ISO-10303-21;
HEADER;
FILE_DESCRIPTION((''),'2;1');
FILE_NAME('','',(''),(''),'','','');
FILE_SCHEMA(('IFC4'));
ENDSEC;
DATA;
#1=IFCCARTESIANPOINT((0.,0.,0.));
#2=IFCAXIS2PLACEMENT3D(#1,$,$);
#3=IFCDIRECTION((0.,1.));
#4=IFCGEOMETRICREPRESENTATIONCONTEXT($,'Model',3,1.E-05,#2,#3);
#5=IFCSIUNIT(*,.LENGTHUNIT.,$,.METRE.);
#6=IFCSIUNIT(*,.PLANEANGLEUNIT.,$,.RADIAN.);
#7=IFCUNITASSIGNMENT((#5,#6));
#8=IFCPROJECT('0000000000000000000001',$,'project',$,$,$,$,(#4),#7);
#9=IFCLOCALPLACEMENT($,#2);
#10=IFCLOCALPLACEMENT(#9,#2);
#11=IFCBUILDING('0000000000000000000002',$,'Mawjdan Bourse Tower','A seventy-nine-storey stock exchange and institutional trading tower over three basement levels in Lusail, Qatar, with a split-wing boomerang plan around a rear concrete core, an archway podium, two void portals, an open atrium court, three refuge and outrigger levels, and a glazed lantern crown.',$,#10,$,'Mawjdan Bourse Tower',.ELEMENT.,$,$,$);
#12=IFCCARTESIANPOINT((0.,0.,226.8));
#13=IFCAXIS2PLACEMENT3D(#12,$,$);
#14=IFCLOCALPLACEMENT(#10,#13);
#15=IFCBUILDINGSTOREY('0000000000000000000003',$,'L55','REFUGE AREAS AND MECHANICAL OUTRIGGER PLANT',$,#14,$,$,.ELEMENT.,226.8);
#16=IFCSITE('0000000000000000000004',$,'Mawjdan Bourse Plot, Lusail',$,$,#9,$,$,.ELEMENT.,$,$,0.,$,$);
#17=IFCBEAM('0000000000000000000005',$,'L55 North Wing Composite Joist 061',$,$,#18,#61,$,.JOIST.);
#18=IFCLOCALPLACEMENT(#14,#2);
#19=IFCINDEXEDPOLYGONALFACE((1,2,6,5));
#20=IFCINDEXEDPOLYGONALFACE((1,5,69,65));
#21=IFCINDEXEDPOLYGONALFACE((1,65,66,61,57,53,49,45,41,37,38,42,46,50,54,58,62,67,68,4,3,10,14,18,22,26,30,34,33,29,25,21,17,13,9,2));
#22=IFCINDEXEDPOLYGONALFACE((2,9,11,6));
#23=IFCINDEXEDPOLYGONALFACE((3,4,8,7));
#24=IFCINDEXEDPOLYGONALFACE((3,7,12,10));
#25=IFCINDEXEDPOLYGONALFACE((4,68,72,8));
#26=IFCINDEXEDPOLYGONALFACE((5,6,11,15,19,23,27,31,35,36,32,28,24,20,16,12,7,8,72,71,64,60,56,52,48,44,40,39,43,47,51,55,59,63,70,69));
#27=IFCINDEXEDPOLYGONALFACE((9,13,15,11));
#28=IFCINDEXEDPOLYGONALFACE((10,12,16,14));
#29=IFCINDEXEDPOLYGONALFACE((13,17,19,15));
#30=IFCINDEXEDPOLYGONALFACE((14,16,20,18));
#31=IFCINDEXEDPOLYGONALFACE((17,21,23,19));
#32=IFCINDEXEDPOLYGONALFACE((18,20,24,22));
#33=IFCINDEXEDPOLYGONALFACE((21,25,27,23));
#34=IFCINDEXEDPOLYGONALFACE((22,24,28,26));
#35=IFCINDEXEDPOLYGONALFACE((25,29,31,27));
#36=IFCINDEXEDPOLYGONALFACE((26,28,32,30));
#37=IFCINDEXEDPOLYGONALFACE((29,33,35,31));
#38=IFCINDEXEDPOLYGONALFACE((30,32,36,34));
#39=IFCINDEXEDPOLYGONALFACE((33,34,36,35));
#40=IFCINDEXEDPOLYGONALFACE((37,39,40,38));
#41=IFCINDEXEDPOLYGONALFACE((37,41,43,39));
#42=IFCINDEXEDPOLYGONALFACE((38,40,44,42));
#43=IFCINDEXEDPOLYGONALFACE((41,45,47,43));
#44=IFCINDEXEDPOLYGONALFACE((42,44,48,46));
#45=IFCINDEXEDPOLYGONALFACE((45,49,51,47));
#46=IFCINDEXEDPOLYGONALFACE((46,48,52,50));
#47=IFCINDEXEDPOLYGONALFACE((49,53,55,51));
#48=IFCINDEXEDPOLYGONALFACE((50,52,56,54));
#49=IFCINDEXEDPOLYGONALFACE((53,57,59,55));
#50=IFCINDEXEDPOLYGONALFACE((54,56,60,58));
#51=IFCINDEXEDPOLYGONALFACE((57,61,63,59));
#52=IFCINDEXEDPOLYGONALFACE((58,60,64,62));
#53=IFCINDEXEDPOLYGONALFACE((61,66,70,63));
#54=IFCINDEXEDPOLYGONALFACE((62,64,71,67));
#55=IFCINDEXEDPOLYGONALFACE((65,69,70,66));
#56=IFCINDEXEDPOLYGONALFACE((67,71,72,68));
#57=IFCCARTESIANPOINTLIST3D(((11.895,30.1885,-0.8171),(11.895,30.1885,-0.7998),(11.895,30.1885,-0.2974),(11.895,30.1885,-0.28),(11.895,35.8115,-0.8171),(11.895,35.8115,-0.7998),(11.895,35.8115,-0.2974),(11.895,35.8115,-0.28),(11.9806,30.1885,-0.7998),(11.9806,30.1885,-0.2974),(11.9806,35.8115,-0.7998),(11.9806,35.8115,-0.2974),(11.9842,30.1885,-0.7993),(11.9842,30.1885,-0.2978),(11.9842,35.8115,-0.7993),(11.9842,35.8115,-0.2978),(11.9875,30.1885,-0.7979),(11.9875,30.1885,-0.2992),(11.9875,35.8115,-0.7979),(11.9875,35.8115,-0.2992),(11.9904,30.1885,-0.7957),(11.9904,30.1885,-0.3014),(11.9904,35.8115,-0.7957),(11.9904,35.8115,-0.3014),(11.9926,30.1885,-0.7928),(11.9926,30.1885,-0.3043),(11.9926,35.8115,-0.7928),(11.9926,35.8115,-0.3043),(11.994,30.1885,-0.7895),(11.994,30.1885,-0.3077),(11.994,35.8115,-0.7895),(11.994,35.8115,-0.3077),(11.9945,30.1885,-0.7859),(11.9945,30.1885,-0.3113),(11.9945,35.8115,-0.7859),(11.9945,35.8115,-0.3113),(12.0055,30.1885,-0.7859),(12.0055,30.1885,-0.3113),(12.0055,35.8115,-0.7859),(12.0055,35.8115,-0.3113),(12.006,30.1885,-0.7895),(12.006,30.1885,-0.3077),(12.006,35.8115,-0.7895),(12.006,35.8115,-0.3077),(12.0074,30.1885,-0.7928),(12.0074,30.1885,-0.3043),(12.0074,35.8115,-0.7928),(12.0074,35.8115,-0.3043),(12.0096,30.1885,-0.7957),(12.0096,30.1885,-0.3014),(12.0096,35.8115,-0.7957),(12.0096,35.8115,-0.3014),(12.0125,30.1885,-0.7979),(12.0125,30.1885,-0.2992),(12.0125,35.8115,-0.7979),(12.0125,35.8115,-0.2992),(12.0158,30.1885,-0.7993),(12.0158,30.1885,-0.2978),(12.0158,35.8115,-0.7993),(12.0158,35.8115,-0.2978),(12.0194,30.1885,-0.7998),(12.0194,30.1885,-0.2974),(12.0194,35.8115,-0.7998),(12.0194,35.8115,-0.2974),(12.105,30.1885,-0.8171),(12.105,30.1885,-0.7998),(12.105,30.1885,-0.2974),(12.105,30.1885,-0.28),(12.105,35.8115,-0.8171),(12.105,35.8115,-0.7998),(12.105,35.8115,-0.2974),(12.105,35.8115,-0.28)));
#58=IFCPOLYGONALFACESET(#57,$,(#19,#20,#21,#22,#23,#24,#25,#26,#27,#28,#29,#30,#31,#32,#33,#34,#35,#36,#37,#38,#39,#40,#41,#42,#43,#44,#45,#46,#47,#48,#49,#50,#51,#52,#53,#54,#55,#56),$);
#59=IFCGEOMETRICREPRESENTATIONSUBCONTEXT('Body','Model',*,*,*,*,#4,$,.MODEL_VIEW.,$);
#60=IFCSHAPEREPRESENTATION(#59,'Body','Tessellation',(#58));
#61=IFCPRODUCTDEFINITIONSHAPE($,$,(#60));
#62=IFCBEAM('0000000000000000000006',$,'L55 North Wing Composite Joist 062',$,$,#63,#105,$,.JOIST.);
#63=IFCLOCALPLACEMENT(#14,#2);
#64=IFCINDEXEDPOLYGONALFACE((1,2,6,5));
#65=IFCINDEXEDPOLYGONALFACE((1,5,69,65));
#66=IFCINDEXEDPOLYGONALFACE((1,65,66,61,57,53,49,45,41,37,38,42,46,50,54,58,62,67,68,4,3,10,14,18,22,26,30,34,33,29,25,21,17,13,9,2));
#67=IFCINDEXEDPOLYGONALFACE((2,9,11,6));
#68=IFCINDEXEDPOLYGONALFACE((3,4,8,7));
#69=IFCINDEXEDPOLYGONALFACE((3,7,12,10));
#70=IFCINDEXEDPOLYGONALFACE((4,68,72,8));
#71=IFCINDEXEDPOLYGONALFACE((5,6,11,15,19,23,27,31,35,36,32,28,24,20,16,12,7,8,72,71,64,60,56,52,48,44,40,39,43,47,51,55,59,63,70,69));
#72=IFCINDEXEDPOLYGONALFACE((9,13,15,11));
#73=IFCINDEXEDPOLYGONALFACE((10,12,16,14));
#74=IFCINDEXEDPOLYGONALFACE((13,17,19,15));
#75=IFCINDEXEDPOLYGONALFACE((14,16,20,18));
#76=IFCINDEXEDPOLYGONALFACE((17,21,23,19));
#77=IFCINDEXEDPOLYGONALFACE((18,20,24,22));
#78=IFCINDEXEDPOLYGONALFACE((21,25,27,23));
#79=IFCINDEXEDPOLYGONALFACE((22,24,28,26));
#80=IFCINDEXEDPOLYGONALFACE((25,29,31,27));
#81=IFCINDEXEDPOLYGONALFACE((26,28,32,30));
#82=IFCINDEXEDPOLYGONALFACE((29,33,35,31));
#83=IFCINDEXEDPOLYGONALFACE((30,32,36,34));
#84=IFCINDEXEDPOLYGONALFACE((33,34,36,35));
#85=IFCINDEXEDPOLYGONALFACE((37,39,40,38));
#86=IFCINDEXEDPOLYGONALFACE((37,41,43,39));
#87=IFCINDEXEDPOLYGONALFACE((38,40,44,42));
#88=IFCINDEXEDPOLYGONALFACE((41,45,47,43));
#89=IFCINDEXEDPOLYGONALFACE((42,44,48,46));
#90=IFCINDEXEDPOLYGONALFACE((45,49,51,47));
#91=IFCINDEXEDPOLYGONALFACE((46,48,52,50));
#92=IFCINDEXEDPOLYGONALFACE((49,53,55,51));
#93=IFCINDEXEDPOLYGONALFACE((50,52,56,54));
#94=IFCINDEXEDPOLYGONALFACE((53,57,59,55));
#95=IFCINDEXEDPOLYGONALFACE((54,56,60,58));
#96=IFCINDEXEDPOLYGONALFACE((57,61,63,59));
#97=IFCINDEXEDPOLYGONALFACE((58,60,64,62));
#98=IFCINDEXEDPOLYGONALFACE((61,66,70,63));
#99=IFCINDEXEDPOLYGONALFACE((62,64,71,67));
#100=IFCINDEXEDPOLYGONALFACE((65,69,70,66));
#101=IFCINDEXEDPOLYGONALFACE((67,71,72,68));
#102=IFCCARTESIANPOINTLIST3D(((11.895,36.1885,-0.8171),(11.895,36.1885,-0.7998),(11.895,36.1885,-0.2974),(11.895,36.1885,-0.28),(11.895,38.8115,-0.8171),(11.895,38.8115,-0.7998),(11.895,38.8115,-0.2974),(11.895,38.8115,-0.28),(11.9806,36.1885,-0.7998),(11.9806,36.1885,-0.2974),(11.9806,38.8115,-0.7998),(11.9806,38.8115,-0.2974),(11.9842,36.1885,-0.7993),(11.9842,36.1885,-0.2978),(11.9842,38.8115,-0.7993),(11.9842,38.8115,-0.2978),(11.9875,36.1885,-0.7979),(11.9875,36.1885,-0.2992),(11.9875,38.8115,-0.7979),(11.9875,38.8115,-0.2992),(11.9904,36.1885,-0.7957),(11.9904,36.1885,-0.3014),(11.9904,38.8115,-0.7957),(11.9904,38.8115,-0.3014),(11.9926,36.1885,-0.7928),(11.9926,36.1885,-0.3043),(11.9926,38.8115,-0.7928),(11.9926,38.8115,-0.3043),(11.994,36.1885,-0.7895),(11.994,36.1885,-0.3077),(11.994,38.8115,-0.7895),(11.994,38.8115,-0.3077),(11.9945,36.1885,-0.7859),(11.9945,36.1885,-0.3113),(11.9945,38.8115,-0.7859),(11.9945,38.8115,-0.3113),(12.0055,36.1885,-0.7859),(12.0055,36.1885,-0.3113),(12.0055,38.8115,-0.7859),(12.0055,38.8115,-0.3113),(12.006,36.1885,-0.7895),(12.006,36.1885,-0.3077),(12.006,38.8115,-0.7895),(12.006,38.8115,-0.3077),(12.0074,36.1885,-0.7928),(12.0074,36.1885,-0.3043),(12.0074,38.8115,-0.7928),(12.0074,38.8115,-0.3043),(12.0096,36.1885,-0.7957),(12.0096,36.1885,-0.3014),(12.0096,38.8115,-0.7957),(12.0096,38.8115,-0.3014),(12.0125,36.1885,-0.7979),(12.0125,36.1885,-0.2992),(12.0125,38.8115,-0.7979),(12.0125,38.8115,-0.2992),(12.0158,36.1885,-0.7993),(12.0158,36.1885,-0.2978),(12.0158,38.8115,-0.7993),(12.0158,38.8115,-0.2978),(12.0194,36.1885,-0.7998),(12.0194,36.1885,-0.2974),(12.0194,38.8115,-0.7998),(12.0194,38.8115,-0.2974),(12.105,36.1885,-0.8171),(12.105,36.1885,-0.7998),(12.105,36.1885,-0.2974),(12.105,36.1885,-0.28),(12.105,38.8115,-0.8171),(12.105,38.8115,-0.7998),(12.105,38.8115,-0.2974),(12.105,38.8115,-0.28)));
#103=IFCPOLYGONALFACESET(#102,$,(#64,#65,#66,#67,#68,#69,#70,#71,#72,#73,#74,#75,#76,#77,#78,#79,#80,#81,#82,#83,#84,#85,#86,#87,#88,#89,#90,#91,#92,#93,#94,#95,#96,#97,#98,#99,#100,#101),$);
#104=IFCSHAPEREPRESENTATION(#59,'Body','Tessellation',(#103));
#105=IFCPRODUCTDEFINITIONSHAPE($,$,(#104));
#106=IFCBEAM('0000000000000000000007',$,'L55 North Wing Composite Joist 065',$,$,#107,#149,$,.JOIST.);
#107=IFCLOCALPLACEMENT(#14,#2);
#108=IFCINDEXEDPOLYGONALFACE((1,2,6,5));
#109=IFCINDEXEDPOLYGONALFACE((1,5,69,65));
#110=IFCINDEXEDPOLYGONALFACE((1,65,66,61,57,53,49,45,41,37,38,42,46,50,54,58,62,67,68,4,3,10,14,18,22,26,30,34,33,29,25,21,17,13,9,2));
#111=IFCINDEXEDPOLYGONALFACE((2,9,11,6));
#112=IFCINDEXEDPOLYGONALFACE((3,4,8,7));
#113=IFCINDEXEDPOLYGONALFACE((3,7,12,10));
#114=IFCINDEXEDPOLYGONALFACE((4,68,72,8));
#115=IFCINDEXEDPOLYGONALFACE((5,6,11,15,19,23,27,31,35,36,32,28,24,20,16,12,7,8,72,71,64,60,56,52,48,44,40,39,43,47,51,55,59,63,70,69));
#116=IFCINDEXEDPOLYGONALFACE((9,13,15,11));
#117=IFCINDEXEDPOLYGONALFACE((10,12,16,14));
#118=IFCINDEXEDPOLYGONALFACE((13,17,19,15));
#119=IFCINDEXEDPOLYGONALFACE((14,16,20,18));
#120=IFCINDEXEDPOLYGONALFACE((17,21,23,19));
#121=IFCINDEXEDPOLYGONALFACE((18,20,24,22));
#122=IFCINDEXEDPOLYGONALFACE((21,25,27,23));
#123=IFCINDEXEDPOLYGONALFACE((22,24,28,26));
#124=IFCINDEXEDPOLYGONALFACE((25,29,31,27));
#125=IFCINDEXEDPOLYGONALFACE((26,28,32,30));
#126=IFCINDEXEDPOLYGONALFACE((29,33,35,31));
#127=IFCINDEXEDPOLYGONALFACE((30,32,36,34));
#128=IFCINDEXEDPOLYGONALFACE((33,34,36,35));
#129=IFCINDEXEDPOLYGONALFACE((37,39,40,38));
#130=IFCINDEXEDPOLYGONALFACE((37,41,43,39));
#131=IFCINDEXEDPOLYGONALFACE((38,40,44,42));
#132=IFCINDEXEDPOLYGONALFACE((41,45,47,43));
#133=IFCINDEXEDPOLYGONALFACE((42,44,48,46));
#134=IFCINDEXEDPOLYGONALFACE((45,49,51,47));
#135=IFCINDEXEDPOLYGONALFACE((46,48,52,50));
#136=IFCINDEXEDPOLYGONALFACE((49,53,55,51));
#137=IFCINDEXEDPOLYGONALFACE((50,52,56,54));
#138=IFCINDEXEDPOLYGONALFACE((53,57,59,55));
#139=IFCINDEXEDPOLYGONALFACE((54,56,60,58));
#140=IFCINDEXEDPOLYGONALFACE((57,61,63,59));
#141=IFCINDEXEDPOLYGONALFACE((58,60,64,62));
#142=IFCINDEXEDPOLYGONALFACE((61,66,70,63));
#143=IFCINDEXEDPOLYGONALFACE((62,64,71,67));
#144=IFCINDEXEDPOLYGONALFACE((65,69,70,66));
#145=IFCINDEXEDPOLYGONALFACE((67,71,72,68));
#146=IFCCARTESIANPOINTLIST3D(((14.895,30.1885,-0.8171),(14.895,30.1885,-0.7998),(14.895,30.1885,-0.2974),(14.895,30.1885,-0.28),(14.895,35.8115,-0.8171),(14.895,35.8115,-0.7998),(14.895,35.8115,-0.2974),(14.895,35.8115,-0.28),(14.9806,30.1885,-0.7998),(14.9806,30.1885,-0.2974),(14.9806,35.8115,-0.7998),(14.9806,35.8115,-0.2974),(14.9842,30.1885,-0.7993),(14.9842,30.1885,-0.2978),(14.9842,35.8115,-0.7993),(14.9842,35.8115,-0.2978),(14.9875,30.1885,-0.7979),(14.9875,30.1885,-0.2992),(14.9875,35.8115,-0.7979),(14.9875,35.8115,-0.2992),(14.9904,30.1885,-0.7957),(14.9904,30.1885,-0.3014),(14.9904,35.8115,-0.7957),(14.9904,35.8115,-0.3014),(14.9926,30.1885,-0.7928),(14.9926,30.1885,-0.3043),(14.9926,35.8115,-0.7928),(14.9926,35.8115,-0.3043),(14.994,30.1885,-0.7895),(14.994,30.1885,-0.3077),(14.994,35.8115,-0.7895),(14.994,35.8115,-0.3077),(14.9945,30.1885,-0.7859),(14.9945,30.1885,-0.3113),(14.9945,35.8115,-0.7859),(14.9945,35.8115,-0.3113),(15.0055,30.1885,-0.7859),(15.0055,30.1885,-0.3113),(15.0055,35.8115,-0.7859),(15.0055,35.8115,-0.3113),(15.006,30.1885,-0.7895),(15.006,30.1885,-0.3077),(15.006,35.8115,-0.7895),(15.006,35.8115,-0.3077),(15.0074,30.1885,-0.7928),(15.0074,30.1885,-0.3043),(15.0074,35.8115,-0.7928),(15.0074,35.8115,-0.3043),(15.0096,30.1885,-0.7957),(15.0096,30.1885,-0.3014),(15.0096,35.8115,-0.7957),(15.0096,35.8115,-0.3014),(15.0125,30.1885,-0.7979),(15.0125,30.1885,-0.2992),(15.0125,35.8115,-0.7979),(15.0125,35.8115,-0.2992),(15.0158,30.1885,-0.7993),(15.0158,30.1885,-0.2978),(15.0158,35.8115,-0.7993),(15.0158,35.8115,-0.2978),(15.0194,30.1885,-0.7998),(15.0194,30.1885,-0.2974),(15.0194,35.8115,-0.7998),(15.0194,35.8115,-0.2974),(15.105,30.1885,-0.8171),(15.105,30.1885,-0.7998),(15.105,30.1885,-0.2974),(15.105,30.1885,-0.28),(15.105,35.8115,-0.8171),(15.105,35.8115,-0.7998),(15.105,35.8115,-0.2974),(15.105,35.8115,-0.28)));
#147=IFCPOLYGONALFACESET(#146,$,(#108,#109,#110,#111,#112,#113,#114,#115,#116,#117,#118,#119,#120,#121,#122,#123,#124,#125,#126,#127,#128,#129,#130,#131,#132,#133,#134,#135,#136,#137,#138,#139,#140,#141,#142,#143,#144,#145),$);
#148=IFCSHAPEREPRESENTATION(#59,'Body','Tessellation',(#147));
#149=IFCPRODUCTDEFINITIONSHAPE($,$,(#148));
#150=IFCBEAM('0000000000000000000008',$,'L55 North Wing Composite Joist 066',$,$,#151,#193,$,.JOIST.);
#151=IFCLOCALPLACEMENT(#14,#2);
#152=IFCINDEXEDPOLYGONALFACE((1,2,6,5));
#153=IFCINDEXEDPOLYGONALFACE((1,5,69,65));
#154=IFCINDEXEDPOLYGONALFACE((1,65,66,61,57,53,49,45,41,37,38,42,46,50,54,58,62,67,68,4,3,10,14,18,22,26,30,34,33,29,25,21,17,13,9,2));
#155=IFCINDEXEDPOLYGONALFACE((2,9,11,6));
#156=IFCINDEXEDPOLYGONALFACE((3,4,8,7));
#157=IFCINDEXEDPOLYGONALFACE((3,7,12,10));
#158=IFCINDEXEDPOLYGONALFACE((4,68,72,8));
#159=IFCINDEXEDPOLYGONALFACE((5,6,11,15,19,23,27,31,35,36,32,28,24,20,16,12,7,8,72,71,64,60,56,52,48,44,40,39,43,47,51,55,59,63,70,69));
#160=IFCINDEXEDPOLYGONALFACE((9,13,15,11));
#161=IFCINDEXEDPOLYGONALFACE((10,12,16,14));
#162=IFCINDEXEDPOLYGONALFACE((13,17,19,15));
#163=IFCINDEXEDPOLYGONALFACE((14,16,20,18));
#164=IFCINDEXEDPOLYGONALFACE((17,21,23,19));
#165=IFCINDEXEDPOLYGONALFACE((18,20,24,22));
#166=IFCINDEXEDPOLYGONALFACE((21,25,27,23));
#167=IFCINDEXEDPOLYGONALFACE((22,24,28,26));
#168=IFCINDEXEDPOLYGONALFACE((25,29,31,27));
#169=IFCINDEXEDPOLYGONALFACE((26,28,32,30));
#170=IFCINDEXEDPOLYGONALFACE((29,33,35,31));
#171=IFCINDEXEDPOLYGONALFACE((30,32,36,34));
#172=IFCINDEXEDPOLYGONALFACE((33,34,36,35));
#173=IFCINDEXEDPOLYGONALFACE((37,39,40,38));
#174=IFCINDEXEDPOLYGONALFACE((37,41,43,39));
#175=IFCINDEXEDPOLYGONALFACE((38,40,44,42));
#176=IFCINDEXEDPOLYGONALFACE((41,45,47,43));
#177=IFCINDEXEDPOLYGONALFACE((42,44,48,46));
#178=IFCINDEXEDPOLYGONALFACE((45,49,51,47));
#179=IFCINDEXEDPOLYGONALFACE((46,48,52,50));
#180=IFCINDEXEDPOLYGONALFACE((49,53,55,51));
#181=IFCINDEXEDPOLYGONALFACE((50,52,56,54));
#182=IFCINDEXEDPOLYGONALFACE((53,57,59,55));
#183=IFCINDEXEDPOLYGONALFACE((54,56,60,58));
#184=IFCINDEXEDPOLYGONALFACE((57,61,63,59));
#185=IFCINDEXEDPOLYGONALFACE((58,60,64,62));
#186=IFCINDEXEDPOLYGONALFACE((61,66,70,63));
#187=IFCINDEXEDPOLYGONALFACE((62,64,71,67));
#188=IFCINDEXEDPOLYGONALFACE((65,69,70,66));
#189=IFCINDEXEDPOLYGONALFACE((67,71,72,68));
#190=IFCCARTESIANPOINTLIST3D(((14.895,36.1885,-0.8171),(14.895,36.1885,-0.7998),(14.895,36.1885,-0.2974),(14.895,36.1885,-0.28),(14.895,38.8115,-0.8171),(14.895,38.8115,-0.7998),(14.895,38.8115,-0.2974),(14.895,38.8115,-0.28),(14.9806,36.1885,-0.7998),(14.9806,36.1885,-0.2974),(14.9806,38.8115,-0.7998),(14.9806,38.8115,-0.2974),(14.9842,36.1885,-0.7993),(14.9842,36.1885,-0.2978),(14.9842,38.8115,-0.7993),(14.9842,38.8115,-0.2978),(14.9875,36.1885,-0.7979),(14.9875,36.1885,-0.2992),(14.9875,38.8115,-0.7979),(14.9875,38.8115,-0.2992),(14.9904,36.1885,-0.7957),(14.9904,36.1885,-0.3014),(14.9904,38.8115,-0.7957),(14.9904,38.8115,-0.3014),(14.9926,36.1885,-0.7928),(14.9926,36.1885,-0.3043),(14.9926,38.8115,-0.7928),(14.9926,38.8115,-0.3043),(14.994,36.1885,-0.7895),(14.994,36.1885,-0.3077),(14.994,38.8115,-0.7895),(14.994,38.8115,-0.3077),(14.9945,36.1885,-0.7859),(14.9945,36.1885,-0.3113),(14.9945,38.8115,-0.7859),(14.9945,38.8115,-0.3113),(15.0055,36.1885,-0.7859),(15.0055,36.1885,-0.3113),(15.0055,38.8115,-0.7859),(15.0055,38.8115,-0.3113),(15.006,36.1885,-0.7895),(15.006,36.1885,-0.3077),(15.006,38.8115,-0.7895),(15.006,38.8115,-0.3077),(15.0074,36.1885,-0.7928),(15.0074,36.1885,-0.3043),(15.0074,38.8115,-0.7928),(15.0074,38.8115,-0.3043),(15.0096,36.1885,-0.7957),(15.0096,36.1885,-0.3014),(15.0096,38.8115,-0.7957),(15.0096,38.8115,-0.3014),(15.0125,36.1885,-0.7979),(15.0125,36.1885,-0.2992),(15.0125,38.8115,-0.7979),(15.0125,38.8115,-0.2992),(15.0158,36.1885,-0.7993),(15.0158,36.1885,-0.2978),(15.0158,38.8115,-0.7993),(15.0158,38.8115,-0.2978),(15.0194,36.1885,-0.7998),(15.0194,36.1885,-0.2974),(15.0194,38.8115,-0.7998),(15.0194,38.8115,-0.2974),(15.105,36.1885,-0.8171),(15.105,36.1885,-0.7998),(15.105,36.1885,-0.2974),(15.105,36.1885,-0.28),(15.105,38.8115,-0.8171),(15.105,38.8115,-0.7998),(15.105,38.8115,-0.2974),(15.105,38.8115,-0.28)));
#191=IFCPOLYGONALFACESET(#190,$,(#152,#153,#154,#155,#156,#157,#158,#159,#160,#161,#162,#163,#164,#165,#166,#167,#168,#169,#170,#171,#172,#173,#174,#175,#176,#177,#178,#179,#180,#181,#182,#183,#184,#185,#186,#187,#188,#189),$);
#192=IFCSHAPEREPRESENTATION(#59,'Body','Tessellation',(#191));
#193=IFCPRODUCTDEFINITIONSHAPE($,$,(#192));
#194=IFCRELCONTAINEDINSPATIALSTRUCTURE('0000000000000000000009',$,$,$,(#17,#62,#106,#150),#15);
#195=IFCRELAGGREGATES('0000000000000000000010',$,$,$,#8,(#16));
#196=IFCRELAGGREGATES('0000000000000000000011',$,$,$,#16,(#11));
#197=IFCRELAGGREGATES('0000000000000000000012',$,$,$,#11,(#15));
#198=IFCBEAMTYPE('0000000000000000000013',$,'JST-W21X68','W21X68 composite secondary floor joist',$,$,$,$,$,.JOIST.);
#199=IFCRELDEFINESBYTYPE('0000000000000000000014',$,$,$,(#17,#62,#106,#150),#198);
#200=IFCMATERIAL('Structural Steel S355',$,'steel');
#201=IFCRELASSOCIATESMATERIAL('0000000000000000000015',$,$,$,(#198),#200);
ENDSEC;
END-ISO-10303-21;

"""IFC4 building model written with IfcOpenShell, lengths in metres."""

from ifc_helpers import new_model, si_unit, direction, frame, origin, origin_2d, place, context, subcontext, project, spatial, i_section, extrude, material, material_profile, profile_set, type_object, element, save


model = new_model("IFC4")

# Units and contexts
model_context = context("Model", 3, precision=1e-05, world=origin(), true_north=direction((0.0, 1.0)))
body_context = subcontext(model_context, "Body", "Model", "MODEL_VIEW")
ifc_project = project(units=[si_unit("LENGTHUNIT", "METRE"), si_unit("PLANEANGLEUNIT", "RADIAN")], contexts=[model_context])

# Site, building, storey
site_placement = place(None, origin())
site = spatial("IfcSite", under=ifc_project, at=site_placement, Name="Mawjdan Bourse Plot, Lusail", CompositionType="ELEMENT", RefElevation=0.0)
building_placement = place(site_placement, origin())
building = spatial("IfcBuilding", under=site, at=building_placement, Name="Mawjdan Bourse Tower", Description="A seventy-nine-storey stock exchange and institutional trading tower over three basement levels in Lusail, Qatar, with a split-wing boomerang plan around a rear concrete core, an archway podium, two void portals, an open atrium court, three refuge and outrigger levels, and a glazed lantern crown.", LongName="Mawjdan Bourse Tower", CompositionType="ELEMENT")
storey_placement = place(building_placement, frame((0.0, 0.0, 226.8)))
storey = spatial("IfcBuildingStorey", under=building, at=storey_placement, Name="L55", Description="REFUGE AREAS AND MECHANICAL OUTRIGGER PLANT", CompositionType="ELEMENT", Elevation=226.8)

# Shared definitions
ifc_material_1 = material(Name="Structural Steel S355", Category="steel")

# Beams
ifc_material_profile_1 = material_profile(ifc_material_1, i_section(OverallWidth=0.21, OverallDepth=0.5371, WebThickness=0.011, FlangeThickness=0.0173, FilletRadius=0.0139, at=origin_2d()), Name="W21X68")
ifc_profile_set_1 = profile_set([ifc_material_profile_1], Name="Structural Steel S355")
beam_type_1 = type_object("IfcBeamType", Name="JST-W21X68", Description="W21X68 composite secondary floor joist", PredefinedType="JOIST", material=ifc_profile_set_1)
beam_1_placement = place(storey_placement, frame((12.0, 30.1885, -0.5486), z_axis=(0.0, 1.0, 0.0), x_axis=(-1.0, 0.0, 0.0)))
element("IfcBeam", 1, at=beam_1_placement, inside=storey, type_object=beam_type_1, Name="L55 North Wing Composite Joist 061", PredefinedType="JOIST", context=body_context, shape_type="SweptSolid", body=[
    extrude(i_section(OverallWidth=0.21, OverallDepth=0.5371, WebThickness=0.011, FlangeThickness=0.0173, FilletRadius=0.0139, at=origin_2d()), origin(), (0.0, 0.0, 1.0), 5.623),
])
beam_2_placement = place(storey_placement, frame((12.0, 36.1885, -0.5486), z_axis=(0.0, 1.0, 0.0), x_axis=(-1.0, 0.0, 0.0)))
element("IfcBeam", 2, at=beam_2_placement, inside=storey, type_object=beam_type_1, Name="L55 North Wing Composite Joist 062", PredefinedType="JOIST", context=body_context, shape_type="SweptSolid", body=[
    extrude(i_section(OverallWidth=0.21, OverallDepth=0.5371, WebThickness=0.011, FlangeThickness=0.0173, FilletRadius=0.0139, at=origin_2d()), origin(), (0.0, 0.0, 1.0), 2.623),
])
beam_3_placement = place(storey_placement, frame((15.0, 30.1885, -0.5486), z_axis=(0.0, 1.0, 0.0), x_axis=(-1.0, 0.0, 0.0)))
element("IfcBeam", 3, at=beam_3_placement, inside=storey, type_object=beam_type_1, Name="L55 North Wing Composite Joist 065", PredefinedType="JOIST", context=body_context, shape_type="SweptSolid", body=[
    extrude(i_section(OverallWidth=0.21, OverallDepth=0.5371, WebThickness=0.011, FlangeThickness=0.0173, FilletRadius=0.0139, at=origin_2d()), origin(), (0.0, 0.0, 1.0), 5.623),
])
beam_4_placement = place(storey_placement, frame((15.0, 36.1885, -0.5486), z_axis=(0.0, 1.0, 0.0), x_axis=(-1.0, 0.0, 0.0)))
element("IfcBeam", 4, at=beam_4_placement, inside=storey, type_object=beam_type_1, Name="L55 North Wing Composite Joist 066", PredefinedType="JOIST", context=body_context, shape_type="SweptSolid", body=[
    extrude(i_section(OverallWidth=0.21, OverallDepth=0.5371, WebThickness=0.011, FlangeThickness=0.0173, FilletRadius=0.0139, at=origin_2d()), origin(), (0.0, 0.0, 1.0), 2.623),
])

save(model, "model.ifc")
